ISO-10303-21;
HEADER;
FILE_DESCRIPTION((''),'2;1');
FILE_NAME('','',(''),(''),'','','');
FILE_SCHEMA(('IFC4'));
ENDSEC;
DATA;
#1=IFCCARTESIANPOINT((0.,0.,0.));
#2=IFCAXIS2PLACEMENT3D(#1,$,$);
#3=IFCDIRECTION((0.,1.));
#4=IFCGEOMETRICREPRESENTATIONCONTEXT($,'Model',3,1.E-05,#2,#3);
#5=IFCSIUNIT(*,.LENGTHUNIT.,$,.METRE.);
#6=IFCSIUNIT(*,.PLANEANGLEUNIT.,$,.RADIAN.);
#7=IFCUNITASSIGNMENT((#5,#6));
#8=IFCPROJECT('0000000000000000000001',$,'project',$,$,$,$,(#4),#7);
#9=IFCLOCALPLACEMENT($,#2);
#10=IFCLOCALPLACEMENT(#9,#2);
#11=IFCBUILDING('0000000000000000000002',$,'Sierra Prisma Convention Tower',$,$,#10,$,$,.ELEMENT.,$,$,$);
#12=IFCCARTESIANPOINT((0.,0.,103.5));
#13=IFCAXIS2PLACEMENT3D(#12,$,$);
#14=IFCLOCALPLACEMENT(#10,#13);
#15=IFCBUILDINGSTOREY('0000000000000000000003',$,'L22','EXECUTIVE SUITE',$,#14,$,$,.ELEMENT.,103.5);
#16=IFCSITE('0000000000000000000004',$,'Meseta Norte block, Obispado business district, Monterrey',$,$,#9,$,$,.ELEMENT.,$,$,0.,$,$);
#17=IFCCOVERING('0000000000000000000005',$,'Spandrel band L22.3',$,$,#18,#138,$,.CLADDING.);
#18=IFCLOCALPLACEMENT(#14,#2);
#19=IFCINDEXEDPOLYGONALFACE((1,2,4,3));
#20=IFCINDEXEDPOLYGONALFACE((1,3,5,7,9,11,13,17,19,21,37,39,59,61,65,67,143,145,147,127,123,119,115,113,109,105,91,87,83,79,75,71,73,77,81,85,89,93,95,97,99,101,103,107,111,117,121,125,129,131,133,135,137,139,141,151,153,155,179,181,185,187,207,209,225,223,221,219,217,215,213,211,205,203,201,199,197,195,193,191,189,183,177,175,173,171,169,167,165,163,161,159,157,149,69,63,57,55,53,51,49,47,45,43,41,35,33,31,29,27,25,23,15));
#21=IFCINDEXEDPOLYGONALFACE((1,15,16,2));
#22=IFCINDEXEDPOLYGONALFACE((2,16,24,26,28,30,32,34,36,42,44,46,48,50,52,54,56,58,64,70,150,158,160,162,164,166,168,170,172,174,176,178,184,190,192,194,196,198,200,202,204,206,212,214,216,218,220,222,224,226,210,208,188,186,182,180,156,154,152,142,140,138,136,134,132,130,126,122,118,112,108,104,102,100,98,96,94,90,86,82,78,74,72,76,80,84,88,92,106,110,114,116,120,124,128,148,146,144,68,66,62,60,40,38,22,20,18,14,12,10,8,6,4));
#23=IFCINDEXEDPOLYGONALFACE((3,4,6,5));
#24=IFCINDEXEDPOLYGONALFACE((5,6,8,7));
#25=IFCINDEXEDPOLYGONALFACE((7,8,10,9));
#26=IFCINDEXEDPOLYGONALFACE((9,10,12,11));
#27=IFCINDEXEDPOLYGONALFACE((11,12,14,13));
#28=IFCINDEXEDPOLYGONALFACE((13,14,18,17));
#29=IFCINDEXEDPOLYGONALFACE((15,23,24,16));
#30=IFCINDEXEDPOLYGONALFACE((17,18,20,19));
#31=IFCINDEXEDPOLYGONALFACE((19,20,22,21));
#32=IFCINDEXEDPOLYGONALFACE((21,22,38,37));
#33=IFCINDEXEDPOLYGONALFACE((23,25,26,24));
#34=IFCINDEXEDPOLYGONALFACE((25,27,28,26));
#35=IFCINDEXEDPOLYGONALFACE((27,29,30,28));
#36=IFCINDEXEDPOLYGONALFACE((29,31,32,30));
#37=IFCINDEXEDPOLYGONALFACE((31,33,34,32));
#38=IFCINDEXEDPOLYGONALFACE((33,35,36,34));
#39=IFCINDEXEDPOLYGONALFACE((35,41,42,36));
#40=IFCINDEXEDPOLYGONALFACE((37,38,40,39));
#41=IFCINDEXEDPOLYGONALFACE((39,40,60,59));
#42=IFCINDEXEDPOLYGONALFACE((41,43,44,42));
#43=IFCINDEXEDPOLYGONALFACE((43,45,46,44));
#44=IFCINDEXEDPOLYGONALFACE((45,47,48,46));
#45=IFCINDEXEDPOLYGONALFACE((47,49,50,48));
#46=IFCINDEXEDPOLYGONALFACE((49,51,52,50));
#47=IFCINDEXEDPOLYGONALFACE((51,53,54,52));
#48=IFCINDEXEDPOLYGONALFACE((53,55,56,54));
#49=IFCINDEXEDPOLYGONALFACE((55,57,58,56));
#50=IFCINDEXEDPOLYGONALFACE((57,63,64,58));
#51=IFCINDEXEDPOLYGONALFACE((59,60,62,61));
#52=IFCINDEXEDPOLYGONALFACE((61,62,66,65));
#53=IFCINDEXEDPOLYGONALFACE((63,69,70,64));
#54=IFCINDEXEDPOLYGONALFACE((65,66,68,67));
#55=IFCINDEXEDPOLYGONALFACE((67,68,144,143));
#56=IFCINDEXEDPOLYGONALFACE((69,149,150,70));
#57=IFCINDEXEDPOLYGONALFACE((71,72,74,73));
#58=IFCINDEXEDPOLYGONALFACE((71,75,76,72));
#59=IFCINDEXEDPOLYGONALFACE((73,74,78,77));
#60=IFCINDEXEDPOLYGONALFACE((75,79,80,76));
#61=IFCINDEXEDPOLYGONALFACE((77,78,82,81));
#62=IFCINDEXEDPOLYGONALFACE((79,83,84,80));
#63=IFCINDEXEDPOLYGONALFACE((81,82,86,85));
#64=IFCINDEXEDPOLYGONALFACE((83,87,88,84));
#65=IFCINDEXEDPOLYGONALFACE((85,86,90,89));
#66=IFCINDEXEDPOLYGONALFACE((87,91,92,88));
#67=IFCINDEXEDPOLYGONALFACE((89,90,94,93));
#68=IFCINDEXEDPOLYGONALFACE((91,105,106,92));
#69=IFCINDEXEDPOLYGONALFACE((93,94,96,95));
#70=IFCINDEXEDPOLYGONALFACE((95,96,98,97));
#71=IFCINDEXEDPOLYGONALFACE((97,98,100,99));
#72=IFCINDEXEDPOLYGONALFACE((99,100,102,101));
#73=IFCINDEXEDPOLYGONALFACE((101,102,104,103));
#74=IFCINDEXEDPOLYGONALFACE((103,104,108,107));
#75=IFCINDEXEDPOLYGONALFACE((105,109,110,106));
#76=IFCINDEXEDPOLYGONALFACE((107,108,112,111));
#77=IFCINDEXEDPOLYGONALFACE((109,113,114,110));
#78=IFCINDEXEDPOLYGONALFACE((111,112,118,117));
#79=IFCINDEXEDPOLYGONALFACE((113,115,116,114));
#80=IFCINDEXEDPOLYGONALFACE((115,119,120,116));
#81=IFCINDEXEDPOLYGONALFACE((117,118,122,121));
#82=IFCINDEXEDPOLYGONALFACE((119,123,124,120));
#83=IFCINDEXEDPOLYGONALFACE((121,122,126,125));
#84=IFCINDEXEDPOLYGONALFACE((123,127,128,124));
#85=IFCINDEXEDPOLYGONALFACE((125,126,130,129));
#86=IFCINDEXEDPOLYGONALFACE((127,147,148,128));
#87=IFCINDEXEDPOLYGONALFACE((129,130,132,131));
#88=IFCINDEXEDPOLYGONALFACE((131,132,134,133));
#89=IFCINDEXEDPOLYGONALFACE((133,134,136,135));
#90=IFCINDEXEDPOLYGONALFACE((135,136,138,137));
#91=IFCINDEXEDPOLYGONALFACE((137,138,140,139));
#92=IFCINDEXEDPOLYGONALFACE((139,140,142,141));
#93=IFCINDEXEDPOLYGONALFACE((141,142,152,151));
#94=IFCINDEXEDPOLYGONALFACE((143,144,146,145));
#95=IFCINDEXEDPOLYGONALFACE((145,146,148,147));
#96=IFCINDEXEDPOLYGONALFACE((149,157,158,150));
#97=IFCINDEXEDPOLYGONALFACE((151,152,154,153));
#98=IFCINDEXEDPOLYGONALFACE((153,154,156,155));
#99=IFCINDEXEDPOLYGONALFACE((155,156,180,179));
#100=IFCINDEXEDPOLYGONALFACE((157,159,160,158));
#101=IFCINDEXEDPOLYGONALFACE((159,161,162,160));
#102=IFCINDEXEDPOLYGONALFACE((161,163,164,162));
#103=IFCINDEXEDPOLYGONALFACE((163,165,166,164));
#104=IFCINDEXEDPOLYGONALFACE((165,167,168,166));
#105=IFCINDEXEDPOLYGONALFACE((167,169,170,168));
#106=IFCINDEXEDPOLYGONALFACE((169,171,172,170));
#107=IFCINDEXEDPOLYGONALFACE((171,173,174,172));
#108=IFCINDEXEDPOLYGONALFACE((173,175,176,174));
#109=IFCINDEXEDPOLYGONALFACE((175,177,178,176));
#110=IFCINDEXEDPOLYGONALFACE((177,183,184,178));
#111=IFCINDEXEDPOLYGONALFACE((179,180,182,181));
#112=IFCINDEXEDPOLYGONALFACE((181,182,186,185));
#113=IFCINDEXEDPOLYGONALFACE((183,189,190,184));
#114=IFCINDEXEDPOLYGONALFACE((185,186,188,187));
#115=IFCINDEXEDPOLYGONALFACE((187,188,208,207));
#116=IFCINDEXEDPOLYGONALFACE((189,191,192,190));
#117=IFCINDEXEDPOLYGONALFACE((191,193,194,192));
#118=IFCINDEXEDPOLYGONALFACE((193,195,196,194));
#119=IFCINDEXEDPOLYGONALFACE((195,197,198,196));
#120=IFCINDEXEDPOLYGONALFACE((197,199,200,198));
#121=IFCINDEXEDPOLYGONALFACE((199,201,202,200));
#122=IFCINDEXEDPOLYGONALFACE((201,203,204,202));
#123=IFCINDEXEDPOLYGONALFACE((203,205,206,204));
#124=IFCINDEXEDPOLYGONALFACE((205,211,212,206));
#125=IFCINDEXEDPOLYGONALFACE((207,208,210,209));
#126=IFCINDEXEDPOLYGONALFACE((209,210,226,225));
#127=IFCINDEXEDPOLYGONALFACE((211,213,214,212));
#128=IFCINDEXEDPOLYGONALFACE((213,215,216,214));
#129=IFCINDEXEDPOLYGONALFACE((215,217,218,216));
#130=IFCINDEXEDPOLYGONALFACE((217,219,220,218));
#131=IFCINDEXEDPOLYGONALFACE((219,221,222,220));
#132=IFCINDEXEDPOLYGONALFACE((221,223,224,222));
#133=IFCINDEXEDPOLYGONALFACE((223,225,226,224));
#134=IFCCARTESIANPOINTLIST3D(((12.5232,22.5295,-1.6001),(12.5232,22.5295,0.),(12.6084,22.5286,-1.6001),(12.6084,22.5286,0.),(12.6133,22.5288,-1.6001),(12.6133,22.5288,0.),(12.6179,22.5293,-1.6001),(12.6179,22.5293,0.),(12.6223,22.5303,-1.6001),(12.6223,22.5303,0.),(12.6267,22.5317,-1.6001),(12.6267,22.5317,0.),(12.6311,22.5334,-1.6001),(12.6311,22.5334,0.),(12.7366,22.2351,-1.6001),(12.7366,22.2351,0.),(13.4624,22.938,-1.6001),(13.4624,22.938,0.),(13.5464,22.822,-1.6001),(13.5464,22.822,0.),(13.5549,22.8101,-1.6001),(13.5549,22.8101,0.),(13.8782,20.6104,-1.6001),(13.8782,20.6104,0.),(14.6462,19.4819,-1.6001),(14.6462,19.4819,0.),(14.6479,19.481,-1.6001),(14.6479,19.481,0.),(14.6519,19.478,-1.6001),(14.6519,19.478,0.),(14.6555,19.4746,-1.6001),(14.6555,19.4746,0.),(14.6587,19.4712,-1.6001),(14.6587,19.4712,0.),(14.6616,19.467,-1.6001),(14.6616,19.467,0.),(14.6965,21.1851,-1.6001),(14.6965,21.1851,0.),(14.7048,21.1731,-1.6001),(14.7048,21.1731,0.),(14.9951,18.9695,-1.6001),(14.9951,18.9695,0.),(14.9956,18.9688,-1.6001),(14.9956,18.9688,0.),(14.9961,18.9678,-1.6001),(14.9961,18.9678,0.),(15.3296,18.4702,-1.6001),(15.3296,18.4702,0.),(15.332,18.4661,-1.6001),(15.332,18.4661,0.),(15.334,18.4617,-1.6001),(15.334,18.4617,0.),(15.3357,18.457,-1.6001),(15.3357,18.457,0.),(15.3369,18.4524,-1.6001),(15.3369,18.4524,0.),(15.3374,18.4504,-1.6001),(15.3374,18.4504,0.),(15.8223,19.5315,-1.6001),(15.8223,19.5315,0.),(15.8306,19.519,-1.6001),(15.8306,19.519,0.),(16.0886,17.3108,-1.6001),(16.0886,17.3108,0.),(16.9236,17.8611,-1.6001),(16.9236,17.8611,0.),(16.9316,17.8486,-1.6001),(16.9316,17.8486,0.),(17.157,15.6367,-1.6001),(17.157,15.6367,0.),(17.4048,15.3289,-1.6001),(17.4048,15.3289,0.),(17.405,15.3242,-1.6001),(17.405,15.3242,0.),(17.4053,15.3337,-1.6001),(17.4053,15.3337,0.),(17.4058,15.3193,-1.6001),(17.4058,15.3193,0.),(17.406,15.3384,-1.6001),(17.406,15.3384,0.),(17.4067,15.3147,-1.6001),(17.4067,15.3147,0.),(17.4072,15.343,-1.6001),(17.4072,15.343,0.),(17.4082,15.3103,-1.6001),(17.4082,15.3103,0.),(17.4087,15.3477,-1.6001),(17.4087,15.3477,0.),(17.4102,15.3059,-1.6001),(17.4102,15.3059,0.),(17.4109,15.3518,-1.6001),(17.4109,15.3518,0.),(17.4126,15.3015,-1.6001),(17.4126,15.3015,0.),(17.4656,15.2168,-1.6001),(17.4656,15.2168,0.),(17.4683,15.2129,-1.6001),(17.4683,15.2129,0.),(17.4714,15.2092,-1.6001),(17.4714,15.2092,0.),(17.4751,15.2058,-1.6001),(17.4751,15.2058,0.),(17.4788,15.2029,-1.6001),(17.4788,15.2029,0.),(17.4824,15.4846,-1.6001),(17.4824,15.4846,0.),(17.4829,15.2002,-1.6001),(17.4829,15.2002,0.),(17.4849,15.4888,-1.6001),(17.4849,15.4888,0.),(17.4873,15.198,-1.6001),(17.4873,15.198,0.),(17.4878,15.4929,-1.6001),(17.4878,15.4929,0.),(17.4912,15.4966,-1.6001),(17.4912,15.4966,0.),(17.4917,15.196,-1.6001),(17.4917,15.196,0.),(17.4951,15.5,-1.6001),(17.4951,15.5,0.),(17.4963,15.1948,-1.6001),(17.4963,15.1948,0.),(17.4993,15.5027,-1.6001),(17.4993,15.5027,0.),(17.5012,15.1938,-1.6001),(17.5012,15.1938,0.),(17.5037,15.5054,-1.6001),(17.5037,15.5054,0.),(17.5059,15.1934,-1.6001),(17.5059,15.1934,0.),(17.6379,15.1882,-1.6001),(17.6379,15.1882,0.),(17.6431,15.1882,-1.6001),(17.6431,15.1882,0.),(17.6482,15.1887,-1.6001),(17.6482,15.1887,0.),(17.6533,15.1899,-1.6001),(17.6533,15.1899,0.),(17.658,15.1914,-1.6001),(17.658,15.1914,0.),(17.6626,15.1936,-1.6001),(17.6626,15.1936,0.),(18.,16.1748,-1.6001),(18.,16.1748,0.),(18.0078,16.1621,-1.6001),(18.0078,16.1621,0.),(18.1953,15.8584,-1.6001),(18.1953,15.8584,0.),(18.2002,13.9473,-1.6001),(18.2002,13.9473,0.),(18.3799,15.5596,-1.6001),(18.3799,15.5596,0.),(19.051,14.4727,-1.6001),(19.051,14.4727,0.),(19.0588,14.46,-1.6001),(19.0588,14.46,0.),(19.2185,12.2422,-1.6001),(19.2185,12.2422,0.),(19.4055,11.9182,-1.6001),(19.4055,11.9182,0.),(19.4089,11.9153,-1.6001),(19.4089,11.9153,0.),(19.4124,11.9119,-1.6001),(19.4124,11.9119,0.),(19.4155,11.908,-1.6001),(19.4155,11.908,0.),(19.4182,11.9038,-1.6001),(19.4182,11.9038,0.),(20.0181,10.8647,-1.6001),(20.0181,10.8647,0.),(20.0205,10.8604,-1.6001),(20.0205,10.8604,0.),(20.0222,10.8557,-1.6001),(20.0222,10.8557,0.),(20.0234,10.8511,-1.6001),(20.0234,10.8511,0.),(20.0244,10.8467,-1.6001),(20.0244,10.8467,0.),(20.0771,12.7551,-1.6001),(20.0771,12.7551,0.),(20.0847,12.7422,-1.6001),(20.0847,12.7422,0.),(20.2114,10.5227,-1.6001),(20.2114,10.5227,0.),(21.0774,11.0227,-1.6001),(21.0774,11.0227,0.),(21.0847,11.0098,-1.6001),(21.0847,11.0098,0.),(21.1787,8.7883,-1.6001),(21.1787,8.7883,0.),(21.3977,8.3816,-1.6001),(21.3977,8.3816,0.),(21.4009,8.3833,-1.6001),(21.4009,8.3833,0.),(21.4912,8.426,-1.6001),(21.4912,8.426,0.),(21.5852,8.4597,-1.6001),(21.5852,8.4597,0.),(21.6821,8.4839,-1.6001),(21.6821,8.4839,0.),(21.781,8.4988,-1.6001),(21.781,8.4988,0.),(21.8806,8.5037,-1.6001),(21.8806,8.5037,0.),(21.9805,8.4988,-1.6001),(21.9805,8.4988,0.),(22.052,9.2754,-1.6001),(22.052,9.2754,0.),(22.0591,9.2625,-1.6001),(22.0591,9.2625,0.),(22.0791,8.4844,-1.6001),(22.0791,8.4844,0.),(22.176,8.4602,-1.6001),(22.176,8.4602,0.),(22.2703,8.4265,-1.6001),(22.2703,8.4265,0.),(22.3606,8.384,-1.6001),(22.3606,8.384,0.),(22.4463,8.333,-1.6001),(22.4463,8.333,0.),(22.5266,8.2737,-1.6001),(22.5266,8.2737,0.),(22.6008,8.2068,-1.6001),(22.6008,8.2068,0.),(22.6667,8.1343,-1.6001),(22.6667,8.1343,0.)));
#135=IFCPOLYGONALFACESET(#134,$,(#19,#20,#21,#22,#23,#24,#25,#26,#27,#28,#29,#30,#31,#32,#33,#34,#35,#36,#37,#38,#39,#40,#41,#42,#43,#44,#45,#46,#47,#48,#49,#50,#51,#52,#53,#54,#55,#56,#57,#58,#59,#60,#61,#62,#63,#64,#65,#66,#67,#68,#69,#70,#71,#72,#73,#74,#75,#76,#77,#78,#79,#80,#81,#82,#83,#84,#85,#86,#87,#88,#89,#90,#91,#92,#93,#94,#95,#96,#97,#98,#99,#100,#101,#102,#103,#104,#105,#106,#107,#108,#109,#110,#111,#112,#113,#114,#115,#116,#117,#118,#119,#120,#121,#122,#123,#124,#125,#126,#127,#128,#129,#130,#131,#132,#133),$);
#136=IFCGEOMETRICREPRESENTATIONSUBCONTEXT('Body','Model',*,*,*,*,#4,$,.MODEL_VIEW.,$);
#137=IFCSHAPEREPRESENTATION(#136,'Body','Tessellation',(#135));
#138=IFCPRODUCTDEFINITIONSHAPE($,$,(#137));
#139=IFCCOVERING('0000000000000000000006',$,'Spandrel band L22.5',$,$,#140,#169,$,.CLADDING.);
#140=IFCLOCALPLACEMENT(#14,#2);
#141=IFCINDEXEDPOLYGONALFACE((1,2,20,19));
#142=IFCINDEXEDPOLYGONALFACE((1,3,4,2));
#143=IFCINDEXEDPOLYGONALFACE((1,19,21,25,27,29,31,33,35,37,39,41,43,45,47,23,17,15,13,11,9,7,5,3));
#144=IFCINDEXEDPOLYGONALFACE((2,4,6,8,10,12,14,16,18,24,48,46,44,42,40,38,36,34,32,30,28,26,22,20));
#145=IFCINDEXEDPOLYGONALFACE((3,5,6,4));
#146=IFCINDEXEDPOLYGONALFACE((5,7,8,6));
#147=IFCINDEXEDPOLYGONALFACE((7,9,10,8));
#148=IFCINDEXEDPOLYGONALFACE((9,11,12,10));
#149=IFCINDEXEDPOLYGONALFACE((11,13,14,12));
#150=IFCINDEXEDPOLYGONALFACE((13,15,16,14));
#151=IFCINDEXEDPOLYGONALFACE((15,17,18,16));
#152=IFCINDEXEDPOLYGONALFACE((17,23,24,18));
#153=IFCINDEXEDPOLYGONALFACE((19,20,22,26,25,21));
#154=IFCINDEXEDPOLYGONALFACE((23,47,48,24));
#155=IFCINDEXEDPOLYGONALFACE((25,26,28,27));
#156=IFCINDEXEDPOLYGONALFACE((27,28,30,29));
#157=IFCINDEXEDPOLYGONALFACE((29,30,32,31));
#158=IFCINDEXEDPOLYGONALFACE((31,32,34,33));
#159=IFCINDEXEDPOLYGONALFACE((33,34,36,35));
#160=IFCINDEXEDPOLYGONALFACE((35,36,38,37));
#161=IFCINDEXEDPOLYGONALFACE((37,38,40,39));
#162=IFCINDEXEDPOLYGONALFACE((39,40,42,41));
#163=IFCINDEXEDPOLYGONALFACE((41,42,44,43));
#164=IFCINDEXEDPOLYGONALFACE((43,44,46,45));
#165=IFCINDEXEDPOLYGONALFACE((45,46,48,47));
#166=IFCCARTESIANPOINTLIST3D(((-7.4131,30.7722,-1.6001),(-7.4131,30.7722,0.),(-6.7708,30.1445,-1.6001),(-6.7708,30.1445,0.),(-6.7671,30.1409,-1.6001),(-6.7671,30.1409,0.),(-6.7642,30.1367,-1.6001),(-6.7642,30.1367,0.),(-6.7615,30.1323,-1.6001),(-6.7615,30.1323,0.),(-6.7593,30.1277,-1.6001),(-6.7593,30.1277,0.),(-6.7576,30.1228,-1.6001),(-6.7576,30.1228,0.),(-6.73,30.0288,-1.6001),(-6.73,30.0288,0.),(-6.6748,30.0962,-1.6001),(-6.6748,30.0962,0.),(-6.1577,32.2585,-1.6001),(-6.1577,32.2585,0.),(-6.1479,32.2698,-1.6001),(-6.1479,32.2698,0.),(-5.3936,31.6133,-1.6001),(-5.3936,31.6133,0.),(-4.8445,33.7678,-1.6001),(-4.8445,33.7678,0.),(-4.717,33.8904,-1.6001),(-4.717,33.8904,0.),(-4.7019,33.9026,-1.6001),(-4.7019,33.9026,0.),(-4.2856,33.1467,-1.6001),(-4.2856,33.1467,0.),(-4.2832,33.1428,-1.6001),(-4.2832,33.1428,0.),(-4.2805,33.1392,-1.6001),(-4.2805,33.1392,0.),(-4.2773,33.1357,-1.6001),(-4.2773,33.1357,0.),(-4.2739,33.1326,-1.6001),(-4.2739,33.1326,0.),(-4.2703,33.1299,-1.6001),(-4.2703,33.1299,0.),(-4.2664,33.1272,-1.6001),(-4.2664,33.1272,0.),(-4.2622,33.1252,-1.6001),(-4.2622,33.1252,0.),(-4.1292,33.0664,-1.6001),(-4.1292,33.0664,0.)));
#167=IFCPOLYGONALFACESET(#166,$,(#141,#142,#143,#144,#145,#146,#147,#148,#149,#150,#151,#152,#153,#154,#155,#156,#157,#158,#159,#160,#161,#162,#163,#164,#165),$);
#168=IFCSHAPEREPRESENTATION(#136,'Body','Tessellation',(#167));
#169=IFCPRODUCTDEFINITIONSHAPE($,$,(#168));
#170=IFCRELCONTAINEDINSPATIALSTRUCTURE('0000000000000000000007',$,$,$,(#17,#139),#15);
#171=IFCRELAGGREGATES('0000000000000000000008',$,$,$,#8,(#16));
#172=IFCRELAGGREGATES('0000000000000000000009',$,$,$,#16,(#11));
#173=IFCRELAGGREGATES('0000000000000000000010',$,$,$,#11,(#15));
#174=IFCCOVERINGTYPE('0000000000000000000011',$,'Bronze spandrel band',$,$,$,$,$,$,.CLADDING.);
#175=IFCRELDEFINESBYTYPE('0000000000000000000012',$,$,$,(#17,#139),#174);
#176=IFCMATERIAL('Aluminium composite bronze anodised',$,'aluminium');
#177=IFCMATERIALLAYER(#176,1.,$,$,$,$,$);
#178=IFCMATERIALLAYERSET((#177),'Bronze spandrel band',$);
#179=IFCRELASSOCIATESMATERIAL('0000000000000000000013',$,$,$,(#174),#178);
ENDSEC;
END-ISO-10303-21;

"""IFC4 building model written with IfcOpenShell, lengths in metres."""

from ifc_helpers import new_model, si_unit, direction, frame, origin, place, context, subcontext, project, spatial, polyline, outline, extrude, material, layer, layer_set, type_object, element, save


model = new_model("IFC4")

# Units and contexts
model_context = context("Model", 3, precision=1e-05, world=origin(), true_north=direction((0.0, 1.0)))
body_context = subcontext(model_context, "Body", "Model", "MODEL_VIEW")
ifc_project = project(units=[si_unit("LENGTHUNIT", "METRE"), si_unit("PLANEANGLEUNIT", "RADIAN")], contexts=[model_context])

# Site, building, storey
site_placement = place(None, origin())
site = spatial("IfcSite", under=ifc_project, at=site_placement, Name="Meseta Norte block, Obispado business district, Monterrey", CompositionType="ELEMENT", RefElevation=0.0)
building_placement = place(site_placement, origin())
building = spatial("IfcBuilding", under=site, at=building_placement, Name="Sierra Prisma Convention Tower", CompositionType="ELEMENT")
storey_placement = place(building_placement, frame((0.0, 0.0, 103.5)))
storey = spatial("IfcBuildingStorey", under=building, at=storey_placement, Name="L22", Description="EXECUTIVE SUITE", CompositionType="ELEMENT", Elevation=103.5)

# Coverings
ifc_material_1 = material(Name="Aluminium composite bronze anodised", Category="aluminium")
ifc_layer_1 = layer(ifc_material_1, 1.0)
ifc_layer_set_1 = layer_set([ifc_layer_1], Name="Bronze spandrel band")
covering_type_1 = type_object("IfcCoveringType", Name="Bronze spandrel band", PredefinedType="CLADDING", material=ifc_layer_set_1)
covering_1_placement = place(storey_placement, frame((0.0, 0.0, -1.6001)))
element("IfcCovering", 1, at=covering_1_placement, inside=storey, type_object=covering_type_1, Name="Spandrel band L22.3", PredefinedType="CLADDING", context=body_context, shape_type="SweptSolid", body=[
    extrude(outline(polyline([(15.332, 18.4661), (15.3296, 18.4702), (14.9961, 18.9678), (14.9956, 18.9688), (14.9951, 18.9695), (14.6616, 19.467), (14.6587, 19.4712), (14.6555, 19.4746), (14.6519, 19.478), (14.6479, 19.481), (14.6462, 19.4819), (13.8782, 20.6104), (12.7366, 22.2351), (12.5232, 22.5295), (12.6084, 22.5286), (12.6133, 22.5288), (12.6179, 22.5293), (12.6223, 22.5303), (12.6267, 22.5317), (12.6311, 22.5334), (13.4624, 22.938), (13.5464, 22.822), (13.5549, 22.8101), (14.6965, 21.1851), (14.7048, 21.1731), (15.8223, 19.5315), (15.8306, 19.519), (16.9236, 17.8611), (16.9316, 17.8486), (18.0, 16.1748), (18.0078, 16.1621), (18.1953, 15.8584), (17.5037, 15.5054), (17.4993, 15.5027), (17.4951, 15.5), (17.4912, 15.4966), (17.4878, 15.4929), (17.4849, 15.4888), (17.4824, 15.4846), (17.4109, 15.3518), (17.4087, 15.3477), (17.4072, 15.343), (17.406, 15.3384), (17.4053, 15.3337), (17.4048, 15.3289), (17.405, 15.3242), (17.4058, 15.3193), (17.4067, 15.3147), (17.4082, 15.3103), (17.4102, 15.3059), (17.4126, 15.3015), (17.4656, 15.2168), (17.4683, 15.2129), (17.4714, 15.2092), (17.4751, 15.2058), (17.4788, 15.2029), (17.4829, 15.2002), (17.4873, 15.198), (17.4917, 15.196), (17.4963, 15.1948), (17.5012, 15.1938), (17.5059, 15.1934), (17.6379, 15.1882), (17.6431, 15.1882), (17.6482, 15.1887), (17.6533, 15.1899), (17.658, 15.1914), (17.6626, 15.1936), (18.3799, 15.5596), (19.051, 14.4727), (19.0588, 14.46), (20.0771, 12.7551), (20.0847, 12.7422), (21.0774, 11.0227), (21.0847, 11.0098), (22.052, 9.2754), (22.0591, 9.2625), (22.6667, 8.1343), (22.6008, 8.2068), (22.5266, 8.2737), (22.4463, 8.333), (22.3606, 8.384), (22.2703, 8.4265), (22.176, 8.4602), (22.0791, 8.4844), (21.9805, 8.4988), (21.8806, 8.5037), (21.781, 8.4988), (21.6821, 8.4839), (21.5852, 8.4597), (21.4912, 8.426), (21.4009, 8.3833), (21.3977, 8.3816), (21.1787, 8.7883), (20.2114, 10.5227), (20.0244, 10.8467), (20.0234, 10.8511), (20.0222, 10.8557), (20.0205, 10.8604), (20.0181, 10.8647), (19.4182, 11.9038), (19.4155, 11.908), (19.4124, 11.9119), (19.4089, 11.9153), (19.4055, 11.9182), (19.2185, 12.2422), (18.2002, 13.9473), (17.157, 15.6367), (16.0886, 17.3108), (15.3374, 18.4504), (15.3369, 18.4524), (15.3357, 18.457), (15.334, 18.4617), (15.332, 18.4661)])), origin(), (0.0, 0.0, 1.0), 1.6001),
])
covering_2_placement = place(storey_placement, frame((0.0, 0.0, -1.6001)))
element("IfcCovering", 2, at=covering_2_placement, inside=storey, type_object=covering_type_1, Name="Spandrel band L22.5", PredefinedType="CLADDING", context=body_context, shape_type="SweptSolid", body=[
    extrude(outline(polyline([(-6.7593, 30.1277), (-6.7615, 30.1323), (-6.7642, 30.1367), (-6.7671, 30.1409), (-6.7708, 30.1445), (-7.4131, 30.7722), (-6.1577, 32.2585), (-6.1479, 32.2698), (-4.8445, 33.7678), (-4.717, 33.8904), (-4.7019, 33.9026), (-4.2856, 33.1467), (-4.2832, 33.1428), (-4.2805, 33.1392), (-4.2773, 33.1357), (-4.2739, 33.1326), (-4.2703, 33.1299), (-4.2664, 33.1272), (-4.2622, 33.1252), (-4.1292, 33.0664), (-5.3936, 31.6133), (-6.6748, 30.0962), (-6.73, 30.0288), (-6.7576, 30.1228), (-6.7593, 30.1277)])), origin(), (0.0, 0.0, 1.0), 1.6001),
])

save(model, "model.ifc")
